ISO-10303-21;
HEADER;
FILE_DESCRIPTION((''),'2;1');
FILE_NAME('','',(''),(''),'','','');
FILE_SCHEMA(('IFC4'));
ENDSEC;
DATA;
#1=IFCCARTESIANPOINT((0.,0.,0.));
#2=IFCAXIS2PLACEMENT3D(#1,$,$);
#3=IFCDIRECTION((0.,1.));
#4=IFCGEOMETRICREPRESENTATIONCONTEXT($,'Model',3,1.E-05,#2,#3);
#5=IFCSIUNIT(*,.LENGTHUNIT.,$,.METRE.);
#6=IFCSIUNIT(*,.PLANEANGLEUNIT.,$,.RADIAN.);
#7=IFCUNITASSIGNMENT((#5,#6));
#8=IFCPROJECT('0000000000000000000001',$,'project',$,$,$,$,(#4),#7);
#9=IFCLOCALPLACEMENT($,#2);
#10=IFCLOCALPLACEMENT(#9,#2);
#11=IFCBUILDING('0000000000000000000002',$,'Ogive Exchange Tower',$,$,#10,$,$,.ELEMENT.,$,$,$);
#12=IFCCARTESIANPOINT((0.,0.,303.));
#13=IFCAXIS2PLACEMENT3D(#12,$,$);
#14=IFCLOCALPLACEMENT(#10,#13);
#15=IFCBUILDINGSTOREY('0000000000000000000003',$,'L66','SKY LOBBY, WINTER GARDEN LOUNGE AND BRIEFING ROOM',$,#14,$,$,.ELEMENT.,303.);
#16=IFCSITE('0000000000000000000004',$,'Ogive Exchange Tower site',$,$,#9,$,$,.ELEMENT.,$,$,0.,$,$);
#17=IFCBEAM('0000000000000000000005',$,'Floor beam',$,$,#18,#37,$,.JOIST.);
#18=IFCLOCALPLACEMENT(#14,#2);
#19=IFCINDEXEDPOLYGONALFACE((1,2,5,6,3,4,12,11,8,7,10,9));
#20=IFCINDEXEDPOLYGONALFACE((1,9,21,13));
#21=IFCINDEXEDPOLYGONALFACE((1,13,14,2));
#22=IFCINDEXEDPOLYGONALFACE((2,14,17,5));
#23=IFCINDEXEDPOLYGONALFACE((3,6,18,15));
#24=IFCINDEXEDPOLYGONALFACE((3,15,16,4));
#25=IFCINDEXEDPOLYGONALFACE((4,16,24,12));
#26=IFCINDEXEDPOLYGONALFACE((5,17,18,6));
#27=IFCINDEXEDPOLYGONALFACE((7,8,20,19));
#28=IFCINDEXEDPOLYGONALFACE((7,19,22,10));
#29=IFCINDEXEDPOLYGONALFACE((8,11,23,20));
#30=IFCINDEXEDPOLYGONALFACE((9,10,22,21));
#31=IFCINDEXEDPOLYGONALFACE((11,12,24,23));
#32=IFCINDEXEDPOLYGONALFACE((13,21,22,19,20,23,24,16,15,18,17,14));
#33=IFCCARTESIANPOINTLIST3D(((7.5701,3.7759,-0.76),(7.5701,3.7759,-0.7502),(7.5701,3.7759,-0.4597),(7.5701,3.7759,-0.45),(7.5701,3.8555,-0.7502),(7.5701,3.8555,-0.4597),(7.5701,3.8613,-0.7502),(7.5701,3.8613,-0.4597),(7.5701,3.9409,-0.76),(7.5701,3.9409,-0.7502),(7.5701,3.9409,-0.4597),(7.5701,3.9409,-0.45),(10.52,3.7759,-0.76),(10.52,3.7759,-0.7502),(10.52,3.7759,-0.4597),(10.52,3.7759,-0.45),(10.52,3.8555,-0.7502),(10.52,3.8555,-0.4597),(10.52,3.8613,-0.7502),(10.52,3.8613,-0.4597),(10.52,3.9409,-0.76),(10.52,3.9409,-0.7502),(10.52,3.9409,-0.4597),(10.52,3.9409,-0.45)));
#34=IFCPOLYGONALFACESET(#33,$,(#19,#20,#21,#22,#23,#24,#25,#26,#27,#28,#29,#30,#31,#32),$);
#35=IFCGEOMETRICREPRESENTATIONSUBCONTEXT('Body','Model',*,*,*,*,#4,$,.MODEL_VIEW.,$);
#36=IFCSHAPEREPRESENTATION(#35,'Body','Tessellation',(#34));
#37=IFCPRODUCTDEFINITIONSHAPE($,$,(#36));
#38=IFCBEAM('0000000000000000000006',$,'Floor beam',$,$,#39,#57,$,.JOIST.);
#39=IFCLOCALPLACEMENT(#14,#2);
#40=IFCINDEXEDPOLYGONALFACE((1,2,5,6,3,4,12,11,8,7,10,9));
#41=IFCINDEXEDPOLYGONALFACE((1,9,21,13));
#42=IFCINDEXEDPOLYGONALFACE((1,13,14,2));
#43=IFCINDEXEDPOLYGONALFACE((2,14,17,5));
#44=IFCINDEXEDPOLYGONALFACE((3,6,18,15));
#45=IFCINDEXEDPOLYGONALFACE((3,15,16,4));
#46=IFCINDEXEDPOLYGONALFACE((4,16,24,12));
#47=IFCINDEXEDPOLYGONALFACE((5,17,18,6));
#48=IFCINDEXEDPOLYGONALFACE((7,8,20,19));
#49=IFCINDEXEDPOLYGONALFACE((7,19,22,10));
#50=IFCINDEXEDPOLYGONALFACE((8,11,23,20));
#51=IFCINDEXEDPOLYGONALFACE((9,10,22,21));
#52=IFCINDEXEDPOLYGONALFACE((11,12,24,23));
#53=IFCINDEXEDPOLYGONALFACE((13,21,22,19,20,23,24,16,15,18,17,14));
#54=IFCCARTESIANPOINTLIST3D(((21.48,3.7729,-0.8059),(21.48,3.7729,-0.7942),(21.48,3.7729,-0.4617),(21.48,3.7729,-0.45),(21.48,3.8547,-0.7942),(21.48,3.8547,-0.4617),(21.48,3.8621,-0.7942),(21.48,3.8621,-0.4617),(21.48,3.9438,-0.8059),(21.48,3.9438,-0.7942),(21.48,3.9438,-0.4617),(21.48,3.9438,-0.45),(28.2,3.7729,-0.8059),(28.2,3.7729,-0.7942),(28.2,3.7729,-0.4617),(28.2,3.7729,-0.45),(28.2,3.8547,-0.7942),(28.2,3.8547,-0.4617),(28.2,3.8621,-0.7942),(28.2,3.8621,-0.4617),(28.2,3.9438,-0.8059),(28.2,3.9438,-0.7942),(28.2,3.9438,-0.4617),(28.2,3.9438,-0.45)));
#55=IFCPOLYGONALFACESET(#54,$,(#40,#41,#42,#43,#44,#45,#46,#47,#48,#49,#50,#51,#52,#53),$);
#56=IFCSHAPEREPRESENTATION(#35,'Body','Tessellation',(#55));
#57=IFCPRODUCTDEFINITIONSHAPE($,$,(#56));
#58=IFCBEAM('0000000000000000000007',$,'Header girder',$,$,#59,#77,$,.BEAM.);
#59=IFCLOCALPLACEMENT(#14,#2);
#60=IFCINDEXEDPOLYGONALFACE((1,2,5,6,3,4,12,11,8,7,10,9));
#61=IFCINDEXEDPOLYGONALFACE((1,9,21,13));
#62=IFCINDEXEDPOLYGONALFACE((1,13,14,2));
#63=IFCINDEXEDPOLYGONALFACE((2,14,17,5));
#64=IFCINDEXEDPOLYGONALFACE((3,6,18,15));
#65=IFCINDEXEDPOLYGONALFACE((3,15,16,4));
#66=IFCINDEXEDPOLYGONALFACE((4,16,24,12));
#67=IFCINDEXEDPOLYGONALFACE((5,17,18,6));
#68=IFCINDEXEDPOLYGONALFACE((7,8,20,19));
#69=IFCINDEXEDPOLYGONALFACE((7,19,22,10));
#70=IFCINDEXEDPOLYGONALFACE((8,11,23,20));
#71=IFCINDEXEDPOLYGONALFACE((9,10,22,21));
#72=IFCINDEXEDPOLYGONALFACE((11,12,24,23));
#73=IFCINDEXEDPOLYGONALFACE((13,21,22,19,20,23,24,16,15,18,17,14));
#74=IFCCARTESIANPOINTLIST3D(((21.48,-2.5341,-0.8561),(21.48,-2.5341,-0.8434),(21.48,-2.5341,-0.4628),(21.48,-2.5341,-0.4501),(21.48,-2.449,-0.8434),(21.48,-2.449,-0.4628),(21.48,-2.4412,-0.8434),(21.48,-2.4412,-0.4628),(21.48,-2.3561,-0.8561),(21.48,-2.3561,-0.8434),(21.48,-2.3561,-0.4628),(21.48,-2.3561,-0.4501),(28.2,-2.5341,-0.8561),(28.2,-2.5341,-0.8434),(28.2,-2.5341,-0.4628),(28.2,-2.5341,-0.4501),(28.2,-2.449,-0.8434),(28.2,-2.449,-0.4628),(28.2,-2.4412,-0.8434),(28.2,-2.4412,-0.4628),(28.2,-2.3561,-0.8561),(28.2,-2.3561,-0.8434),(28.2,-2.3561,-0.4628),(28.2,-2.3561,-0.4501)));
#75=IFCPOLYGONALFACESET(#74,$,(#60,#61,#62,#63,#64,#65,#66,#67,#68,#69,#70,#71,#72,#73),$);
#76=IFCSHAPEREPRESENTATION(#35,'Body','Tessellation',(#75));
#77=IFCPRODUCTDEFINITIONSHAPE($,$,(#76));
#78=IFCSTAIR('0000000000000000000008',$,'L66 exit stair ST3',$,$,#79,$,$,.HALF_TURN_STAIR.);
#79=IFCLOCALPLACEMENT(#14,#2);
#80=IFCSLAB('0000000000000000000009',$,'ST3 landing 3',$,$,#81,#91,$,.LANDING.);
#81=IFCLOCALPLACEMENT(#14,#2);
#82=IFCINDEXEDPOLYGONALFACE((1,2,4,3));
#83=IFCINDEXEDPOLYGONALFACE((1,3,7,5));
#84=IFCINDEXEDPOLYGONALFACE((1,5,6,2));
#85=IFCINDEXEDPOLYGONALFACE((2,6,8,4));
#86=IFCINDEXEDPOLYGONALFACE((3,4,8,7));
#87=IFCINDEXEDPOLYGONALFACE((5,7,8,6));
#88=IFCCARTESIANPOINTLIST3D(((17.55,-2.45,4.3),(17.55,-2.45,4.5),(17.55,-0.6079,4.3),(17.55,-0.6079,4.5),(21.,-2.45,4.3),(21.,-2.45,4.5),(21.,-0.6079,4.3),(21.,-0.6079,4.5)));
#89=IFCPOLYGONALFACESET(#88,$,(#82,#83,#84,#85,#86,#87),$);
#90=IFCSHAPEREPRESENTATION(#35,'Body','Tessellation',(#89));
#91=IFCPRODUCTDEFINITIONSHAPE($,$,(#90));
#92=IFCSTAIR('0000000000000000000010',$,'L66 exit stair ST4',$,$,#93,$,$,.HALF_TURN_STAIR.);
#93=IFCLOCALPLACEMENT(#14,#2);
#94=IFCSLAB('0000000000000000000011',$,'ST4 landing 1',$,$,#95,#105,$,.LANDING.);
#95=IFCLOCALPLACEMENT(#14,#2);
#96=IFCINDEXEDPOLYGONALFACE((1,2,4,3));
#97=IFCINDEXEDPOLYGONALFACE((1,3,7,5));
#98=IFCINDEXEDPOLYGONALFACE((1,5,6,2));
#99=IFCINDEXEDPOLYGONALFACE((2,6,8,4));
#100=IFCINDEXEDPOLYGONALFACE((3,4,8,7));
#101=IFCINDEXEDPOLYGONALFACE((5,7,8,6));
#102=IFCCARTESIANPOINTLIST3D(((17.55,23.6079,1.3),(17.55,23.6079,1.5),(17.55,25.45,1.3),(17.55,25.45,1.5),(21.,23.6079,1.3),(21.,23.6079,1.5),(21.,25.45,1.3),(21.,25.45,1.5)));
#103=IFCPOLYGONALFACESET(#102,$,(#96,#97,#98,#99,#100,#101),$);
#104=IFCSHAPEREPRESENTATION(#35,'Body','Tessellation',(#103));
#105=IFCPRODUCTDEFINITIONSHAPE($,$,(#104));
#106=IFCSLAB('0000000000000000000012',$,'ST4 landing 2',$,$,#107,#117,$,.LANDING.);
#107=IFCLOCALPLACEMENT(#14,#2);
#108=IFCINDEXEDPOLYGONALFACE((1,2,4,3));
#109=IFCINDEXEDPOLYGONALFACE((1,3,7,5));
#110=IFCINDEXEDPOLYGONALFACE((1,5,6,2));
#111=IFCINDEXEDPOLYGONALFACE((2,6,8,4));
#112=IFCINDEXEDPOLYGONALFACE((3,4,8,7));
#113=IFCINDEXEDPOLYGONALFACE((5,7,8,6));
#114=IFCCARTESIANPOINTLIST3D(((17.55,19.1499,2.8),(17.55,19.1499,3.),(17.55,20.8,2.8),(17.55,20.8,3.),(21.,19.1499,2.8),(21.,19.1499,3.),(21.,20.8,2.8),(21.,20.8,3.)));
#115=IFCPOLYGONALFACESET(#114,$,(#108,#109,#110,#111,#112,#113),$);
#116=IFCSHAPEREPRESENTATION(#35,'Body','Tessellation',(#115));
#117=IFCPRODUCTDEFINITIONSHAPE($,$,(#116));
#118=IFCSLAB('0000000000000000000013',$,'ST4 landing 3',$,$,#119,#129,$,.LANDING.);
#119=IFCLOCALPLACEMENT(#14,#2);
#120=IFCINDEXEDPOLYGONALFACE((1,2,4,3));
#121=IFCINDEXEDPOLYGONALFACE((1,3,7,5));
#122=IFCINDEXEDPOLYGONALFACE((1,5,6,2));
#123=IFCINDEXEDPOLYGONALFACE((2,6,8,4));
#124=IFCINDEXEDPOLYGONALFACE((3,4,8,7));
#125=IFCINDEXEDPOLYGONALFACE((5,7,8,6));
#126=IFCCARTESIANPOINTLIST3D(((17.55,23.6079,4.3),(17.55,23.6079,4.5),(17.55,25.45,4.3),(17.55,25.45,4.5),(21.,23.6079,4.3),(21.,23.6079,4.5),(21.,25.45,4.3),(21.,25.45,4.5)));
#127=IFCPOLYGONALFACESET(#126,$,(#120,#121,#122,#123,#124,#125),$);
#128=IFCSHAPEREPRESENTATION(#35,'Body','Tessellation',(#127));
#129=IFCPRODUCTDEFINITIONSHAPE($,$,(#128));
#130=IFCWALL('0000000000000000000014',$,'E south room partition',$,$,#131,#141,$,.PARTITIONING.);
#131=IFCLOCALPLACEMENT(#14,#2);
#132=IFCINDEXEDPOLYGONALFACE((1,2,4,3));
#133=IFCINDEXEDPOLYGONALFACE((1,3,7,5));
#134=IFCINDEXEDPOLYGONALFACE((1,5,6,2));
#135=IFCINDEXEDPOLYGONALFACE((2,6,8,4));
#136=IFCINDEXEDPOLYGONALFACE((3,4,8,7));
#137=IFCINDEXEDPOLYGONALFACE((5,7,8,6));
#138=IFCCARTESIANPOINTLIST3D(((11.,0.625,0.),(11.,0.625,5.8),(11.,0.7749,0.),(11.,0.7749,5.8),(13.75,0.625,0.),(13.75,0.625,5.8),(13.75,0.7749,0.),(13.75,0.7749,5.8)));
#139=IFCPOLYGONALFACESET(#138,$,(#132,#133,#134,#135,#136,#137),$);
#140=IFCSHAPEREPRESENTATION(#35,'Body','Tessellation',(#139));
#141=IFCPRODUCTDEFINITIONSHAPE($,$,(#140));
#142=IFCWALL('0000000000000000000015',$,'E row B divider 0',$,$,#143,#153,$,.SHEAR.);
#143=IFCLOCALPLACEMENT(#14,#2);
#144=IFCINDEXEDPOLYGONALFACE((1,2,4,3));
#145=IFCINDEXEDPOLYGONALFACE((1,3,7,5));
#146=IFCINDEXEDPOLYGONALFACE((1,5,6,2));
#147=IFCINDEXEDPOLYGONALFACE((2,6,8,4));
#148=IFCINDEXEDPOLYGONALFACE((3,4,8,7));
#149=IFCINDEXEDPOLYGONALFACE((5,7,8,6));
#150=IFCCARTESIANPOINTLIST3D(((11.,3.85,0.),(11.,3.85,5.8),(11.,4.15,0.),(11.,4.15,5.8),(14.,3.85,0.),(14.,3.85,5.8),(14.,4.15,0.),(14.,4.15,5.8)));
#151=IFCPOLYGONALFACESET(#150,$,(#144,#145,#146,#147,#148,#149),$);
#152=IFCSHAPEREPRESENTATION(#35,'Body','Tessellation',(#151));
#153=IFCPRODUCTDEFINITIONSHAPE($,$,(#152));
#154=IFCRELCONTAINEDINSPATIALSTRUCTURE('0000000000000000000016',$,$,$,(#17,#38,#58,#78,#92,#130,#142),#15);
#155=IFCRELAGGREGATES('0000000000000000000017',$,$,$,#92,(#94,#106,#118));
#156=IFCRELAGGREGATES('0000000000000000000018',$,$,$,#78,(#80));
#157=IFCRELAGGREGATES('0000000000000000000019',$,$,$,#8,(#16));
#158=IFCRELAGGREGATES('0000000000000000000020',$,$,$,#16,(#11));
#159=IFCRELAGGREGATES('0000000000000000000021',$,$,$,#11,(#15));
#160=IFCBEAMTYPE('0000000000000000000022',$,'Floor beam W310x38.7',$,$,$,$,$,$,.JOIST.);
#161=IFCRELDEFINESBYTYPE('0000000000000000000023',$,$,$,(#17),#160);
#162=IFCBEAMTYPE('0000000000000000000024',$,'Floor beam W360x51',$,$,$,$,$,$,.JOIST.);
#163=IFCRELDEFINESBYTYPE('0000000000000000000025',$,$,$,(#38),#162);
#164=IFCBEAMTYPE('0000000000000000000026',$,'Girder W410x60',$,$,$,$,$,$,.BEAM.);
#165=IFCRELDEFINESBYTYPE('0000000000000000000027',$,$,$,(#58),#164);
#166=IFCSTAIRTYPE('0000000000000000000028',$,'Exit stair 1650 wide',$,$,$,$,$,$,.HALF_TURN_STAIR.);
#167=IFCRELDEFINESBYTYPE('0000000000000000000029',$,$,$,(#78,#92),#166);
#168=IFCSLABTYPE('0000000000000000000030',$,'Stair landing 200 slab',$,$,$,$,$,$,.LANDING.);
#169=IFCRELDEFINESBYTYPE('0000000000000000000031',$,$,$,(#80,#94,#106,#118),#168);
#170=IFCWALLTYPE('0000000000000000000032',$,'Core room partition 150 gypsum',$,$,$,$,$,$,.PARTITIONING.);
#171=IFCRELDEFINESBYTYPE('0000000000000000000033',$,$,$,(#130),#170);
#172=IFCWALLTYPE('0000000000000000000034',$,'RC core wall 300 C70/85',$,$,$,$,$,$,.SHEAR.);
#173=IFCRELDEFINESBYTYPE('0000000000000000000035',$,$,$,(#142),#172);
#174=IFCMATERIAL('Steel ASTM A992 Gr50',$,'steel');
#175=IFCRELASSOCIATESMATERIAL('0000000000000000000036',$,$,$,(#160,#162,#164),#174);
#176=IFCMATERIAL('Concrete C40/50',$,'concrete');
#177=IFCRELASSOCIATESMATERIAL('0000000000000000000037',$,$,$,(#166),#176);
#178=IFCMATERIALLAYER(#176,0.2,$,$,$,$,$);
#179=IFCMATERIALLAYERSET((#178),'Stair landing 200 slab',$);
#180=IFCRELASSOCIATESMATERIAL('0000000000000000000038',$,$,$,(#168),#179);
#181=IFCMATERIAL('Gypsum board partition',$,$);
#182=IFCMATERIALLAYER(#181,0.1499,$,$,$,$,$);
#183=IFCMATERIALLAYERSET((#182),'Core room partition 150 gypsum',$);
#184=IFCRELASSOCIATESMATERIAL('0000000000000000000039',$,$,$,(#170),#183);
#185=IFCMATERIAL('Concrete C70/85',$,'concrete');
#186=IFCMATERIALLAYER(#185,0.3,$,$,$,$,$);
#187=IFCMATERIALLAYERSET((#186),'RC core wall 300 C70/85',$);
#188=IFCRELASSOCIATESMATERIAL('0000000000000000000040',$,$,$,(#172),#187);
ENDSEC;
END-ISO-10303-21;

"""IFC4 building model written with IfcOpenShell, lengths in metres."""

from ifc_helpers import new_model, si_unit, direction, frame, frame_2d, origin, origin_2d, place, context, subcontext, project, spatial, polyline, rectangle, i_section, outline, extrude, material, layer, layer_set, material_profile, profile_set, type_object, element, aggregate, save


model = new_model("IFC4")

# Units and contexts
model_context = context("Model", 3, precision=1e-05, world=origin(), true_north=direction((0.0, 1.0)))
body_context = subcontext(model_context, "Body", "Model", "MODEL_VIEW")
ifc_project = project(units=[si_unit("LENGTHUNIT", "METRE"), si_unit("PLANEANGLEUNIT", "RADIAN")], contexts=[model_context])

# Site, building, storey
site_placement = place(None, origin())
site = spatial("IfcSite", under=ifc_project, at=site_placement, Name="Ogive Exchange Tower site", CompositionType="ELEMENT", RefElevation=0.0)
building_placement = place(site_placement, origin())
building = spatial("IfcBuilding", under=site, at=building_placement, Name="Ogive Exchange Tower", CompositionType="ELEMENT")
storey_placement = place(building_placement, frame((0.0, 0.0, 303.0)))
storey = spatial("IfcBuildingStorey", under=building, at=storey_placement, Name="L66", Description="SKY LOBBY, WINTER GARDEN LOUNGE AND BRIEFING ROOM", CompositionType="ELEMENT", Elevation=303.0)

# Beams
ifc_material_1 = material(Name="Steel ASTM A992 Gr50", Category="steel")
ifc_material_profile_1 = material_profile(ifc_material_1, i_section(OverallWidth=0.165, OverallDepth=0.3101, WebThickness=0.0059, FlangeThickness=0.0098, at=origin_2d()), Name="W310x38.7")
ifc_profile_set_1 = profile_set([ifc_material_profile_1], Name="Steel ASTM A992 Gr50")
beam_type_1 = type_object("IfcBeamType", Name="Floor beam W310x38.7", PredefinedType="JOIST", material=ifc_profile_set_1)
beam_1_placement = place(storey_placement, frame((7.5701, 3.8584, -0.605), z_axis=(1.0, 0.0, 0.0), x_axis=(0.0, 1.0, 0.0)))
element("IfcBeam", 1, at=beam_1_placement, inside=storey, type_object=beam_type_1, Name="Floor beam", PredefinedType="JOIST", context=body_context, shape_type="SweptSolid", body=[
    extrude(i_section(OverallWidth=0.165, OverallDepth=0.3101, WebThickness=0.0059, FlangeThickness=0.0098, at=origin_2d()), origin(), (0.0, 0.0, 1.0), 2.95),
])
ifc_material_profile_2 = material_profile(ifc_material_1, i_section(OverallWidth=0.1709, OverallDepth=0.356, WebThickness=0.0073, FlangeThickness=0.0117, at=origin_2d()), Name="W360x51")
ifc_profile_set_2 = profile_set([ifc_material_profile_2], Name="Steel ASTM A992 Gr50")
beam_type_2 = type_object("IfcBeamType", Name="Floor beam W360x51", PredefinedType="JOIST", material=ifc_profile_set_2)
beam_2_placement = place(storey_placement, frame((21.48, 3.8584, -0.6279), z_axis=(1.0, 0.0, 0.0), x_axis=(0.0, 1.0, 0.0)))
element("IfcBeam", 2, at=beam_2_placement, inside=storey, type_object=beam_type_2, Name="Floor beam", PredefinedType="JOIST", context=body_context, shape_type="SweptSolid", body=[
    extrude(i_section(OverallWidth=0.1709, OverallDepth=0.356, WebThickness=0.0073, FlangeThickness=0.0117, at=origin_2d()), origin(), (0.0, 0.0, 1.0), 6.72),
])
ifc_material_profile_3 = material_profile(ifc_material_1, i_section(OverallWidth=0.178, OverallDepth=0.406, WebThickness=0.0078, FlangeThickness=0.0127, at=origin_2d()), Name="W410x60")
ifc_profile_set_3 = profile_set([ifc_material_profile_3], Name="Steel ASTM A992 Gr50")
beam_type_3 = type_object("IfcBeamType", Name="Girder W410x60", PredefinedType="BEAM", material=ifc_profile_set_3)
beam_3_placement = place(storey_placement, frame((21.48, -2.4451, -0.6531), z_axis=(1.0, 0.0, 0.0), x_axis=(0.0, 1.0, 0.0)))
element("IfcBeam", 3, at=beam_3_placement, inside=storey, type_object=beam_type_3, Name="Header girder", PredefinedType="BEAM", context=body_context, shape_type="SweptSolid", body=[
    extrude(i_section(OverallWidth=0.178, OverallDepth=0.406, WebThickness=0.0078, FlangeThickness=0.0127, at=origin_2d()), origin(), (0.0, 0.0, 1.0), 6.72),
])

# Stair, slab
ifc_material_2 = material(Name="Concrete C40/50", Category="concrete")
stair_type = type_object("IfcStairType", Name="Exit stair 1650 wide", PredefinedType="HALF_TURN_STAIR", material=ifc_material_2)
stair_1_placement = place(storey_placement, origin())
stair_1 = element("IfcStair", 4, at=stair_1_placement, inside=storey, type_object=stair_type, Name="L66 exit stair ST3", PredefinedType="HALF_TURN_STAIR")
ifc_layer_1 = layer(ifc_material_2, 0.2)
ifc_layer_set_1 = layer_set([ifc_layer_1], Name="Stair landing 200 slab")
slab_type = type_object("IfcSlabType", Name="Stair landing 200 slab", PredefinedType="LANDING", material=ifc_layer_set_1)
slab_1_placement = place(storey_placement, frame((0.0, 0.0, 4.3)))
slab_1 = element("IfcSlab", 5, at=slab_1_placement, type_object=slab_type, Name="ST3 landing 3", PredefinedType="LANDING", context=body_context, shape_type="SweptSolid", body=[
    extrude(outline(polyline([(17.55, -0.6079), (17.55, -2.45), (21.0, -2.45), (21.0, -0.6079), (17.55, -0.6079)])), origin(), (0.0, 0.0, 1.0), 0.2),
])

# Stair, slabs
stair_2_placement = place(storey_placement, origin())
stair_2 = element("IfcStair", 6, at=stair_2_placement, inside=storey, type_object=stair_type, Name="L66 exit stair ST4", PredefinedType="HALF_TURN_STAIR")
slab_2_placement = place(storey_placement, frame((0.0, 0.0, 1.3)))
slab_2 = element("IfcSlab", 7, at=slab_2_placement, type_object=slab_type, Name="ST4 landing 1", PredefinedType="LANDING", context=body_context, shape_type="SweptSolid", body=[
    extrude(outline(polyline([(21.0, 23.6079), (21.0, 25.45), (17.55, 25.45), (17.55, 23.6079), (21.0, 23.6079)])), origin(), (0.0, 0.0, 1.0), 0.2),
])
slab_3_placement = place(storey_placement, frame((0.0, 0.0, 2.8)))
slab_3 = element("IfcSlab", 8, at=slab_3_placement, type_object=slab_type, Name="ST4 landing 2", PredefinedType="LANDING", context=body_context, shape_type="SweptSolid", body=[
    extrude(outline(polyline([(21.0, 19.1499), (21.0, 20.8), (17.55, 20.8), (17.55, 19.1499), (21.0, 19.1499)])), origin(), (0.0, 0.0, 1.0), 0.2),
])
slab_4_placement = place(storey_placement, frame((0.0, 0.0, 4.3)))
slab_4 = element("IfcSlab", 9, at=slab_4_placement, type_object=slab_type, Name="ST4 landing 3", PredefinedType="LANDING", context=body_context, shape_type="SweptSolid", body=[
    extrude(outline(polyline([(21.0, 23.6079), (21.0, 25.45), (17.55, 25.45), (17.55, 23.6079), (21.0, 23.6079)])), origin(), (0.0, 0.0, 1.0), 0.2),
])
aggregate(stair_2, [slab_2, slab_3, slab_4])

# Walls
ifc_material_3 = material(Name="Gypsum board partition")
ifc_layer_2 = layer(ifc_material_3, 0.1499)
ifc_layer_set_2 = layer_set([ifc_layer_2], Name="Core room partition 150 gypsum")
wall_type_1 = type_object("IfcWallType", Name="Core room partition 150 gypsum", PredefinedType="PARTITIONING", material=ifc_layer_set_2)
wall_1_placement = place(storey_placement, frame((11.0, 0.7, 0.0), z_axis=(0.0, 0.0, 1.0), x_axis=(1.0, 0.0, 0.0)))
element("IfcWall", 10, at=wall_1_placement, inside=storey, type_object=wall_type_1, Name="E south room partition", PredefinedType="PARTITIONING", context=body_context, shape_type="SweptSolid", body=[
    extrude(rectangle(XDim=2.75, YDim=0.1499, at=frame_2d((1.375, 0.0))), origin(), (0.0, 0.0, 1.0), 5.8),
])
ifc_material_4 = material(Name="Concrete C70/85", Category="concrete")
ifc_layer_3 = layer(ifc_material_4, 0.3)
ifc_layer_set_3 = layer_set([ifc_layer_3], Name="RC core wall 300 C70/85")
wall_type_2 = type_object("IfcWallType", Name="RC core wall 300 C70/85", PredefinedType="SHEAR", material=ifc_layer_set_3)
wall_2_placement = place(storey_placement, frame((11.0, 4.0, 0.0), z_axis=(0.0, 0.0, 1.0), x_axis=(1.0, 0.0, 0.0)))
element("IfcWall", 11, at=wall_2_placement, inside=storey, type_object=wall_type_2, Name="E row B divider 0", PredefinedType="SHEAR", context=body_context, shape_type="SweptSolid", body=[
    extrude(rectangle(XDim=3.0, YDim=0.3, at=frame_2d((1.5, 0.0))), origin(), (0.0, 0.0, 1.0), 5.8),
])

aggregate(stair_1, [slab_1])

save(model, "model.ifc")
